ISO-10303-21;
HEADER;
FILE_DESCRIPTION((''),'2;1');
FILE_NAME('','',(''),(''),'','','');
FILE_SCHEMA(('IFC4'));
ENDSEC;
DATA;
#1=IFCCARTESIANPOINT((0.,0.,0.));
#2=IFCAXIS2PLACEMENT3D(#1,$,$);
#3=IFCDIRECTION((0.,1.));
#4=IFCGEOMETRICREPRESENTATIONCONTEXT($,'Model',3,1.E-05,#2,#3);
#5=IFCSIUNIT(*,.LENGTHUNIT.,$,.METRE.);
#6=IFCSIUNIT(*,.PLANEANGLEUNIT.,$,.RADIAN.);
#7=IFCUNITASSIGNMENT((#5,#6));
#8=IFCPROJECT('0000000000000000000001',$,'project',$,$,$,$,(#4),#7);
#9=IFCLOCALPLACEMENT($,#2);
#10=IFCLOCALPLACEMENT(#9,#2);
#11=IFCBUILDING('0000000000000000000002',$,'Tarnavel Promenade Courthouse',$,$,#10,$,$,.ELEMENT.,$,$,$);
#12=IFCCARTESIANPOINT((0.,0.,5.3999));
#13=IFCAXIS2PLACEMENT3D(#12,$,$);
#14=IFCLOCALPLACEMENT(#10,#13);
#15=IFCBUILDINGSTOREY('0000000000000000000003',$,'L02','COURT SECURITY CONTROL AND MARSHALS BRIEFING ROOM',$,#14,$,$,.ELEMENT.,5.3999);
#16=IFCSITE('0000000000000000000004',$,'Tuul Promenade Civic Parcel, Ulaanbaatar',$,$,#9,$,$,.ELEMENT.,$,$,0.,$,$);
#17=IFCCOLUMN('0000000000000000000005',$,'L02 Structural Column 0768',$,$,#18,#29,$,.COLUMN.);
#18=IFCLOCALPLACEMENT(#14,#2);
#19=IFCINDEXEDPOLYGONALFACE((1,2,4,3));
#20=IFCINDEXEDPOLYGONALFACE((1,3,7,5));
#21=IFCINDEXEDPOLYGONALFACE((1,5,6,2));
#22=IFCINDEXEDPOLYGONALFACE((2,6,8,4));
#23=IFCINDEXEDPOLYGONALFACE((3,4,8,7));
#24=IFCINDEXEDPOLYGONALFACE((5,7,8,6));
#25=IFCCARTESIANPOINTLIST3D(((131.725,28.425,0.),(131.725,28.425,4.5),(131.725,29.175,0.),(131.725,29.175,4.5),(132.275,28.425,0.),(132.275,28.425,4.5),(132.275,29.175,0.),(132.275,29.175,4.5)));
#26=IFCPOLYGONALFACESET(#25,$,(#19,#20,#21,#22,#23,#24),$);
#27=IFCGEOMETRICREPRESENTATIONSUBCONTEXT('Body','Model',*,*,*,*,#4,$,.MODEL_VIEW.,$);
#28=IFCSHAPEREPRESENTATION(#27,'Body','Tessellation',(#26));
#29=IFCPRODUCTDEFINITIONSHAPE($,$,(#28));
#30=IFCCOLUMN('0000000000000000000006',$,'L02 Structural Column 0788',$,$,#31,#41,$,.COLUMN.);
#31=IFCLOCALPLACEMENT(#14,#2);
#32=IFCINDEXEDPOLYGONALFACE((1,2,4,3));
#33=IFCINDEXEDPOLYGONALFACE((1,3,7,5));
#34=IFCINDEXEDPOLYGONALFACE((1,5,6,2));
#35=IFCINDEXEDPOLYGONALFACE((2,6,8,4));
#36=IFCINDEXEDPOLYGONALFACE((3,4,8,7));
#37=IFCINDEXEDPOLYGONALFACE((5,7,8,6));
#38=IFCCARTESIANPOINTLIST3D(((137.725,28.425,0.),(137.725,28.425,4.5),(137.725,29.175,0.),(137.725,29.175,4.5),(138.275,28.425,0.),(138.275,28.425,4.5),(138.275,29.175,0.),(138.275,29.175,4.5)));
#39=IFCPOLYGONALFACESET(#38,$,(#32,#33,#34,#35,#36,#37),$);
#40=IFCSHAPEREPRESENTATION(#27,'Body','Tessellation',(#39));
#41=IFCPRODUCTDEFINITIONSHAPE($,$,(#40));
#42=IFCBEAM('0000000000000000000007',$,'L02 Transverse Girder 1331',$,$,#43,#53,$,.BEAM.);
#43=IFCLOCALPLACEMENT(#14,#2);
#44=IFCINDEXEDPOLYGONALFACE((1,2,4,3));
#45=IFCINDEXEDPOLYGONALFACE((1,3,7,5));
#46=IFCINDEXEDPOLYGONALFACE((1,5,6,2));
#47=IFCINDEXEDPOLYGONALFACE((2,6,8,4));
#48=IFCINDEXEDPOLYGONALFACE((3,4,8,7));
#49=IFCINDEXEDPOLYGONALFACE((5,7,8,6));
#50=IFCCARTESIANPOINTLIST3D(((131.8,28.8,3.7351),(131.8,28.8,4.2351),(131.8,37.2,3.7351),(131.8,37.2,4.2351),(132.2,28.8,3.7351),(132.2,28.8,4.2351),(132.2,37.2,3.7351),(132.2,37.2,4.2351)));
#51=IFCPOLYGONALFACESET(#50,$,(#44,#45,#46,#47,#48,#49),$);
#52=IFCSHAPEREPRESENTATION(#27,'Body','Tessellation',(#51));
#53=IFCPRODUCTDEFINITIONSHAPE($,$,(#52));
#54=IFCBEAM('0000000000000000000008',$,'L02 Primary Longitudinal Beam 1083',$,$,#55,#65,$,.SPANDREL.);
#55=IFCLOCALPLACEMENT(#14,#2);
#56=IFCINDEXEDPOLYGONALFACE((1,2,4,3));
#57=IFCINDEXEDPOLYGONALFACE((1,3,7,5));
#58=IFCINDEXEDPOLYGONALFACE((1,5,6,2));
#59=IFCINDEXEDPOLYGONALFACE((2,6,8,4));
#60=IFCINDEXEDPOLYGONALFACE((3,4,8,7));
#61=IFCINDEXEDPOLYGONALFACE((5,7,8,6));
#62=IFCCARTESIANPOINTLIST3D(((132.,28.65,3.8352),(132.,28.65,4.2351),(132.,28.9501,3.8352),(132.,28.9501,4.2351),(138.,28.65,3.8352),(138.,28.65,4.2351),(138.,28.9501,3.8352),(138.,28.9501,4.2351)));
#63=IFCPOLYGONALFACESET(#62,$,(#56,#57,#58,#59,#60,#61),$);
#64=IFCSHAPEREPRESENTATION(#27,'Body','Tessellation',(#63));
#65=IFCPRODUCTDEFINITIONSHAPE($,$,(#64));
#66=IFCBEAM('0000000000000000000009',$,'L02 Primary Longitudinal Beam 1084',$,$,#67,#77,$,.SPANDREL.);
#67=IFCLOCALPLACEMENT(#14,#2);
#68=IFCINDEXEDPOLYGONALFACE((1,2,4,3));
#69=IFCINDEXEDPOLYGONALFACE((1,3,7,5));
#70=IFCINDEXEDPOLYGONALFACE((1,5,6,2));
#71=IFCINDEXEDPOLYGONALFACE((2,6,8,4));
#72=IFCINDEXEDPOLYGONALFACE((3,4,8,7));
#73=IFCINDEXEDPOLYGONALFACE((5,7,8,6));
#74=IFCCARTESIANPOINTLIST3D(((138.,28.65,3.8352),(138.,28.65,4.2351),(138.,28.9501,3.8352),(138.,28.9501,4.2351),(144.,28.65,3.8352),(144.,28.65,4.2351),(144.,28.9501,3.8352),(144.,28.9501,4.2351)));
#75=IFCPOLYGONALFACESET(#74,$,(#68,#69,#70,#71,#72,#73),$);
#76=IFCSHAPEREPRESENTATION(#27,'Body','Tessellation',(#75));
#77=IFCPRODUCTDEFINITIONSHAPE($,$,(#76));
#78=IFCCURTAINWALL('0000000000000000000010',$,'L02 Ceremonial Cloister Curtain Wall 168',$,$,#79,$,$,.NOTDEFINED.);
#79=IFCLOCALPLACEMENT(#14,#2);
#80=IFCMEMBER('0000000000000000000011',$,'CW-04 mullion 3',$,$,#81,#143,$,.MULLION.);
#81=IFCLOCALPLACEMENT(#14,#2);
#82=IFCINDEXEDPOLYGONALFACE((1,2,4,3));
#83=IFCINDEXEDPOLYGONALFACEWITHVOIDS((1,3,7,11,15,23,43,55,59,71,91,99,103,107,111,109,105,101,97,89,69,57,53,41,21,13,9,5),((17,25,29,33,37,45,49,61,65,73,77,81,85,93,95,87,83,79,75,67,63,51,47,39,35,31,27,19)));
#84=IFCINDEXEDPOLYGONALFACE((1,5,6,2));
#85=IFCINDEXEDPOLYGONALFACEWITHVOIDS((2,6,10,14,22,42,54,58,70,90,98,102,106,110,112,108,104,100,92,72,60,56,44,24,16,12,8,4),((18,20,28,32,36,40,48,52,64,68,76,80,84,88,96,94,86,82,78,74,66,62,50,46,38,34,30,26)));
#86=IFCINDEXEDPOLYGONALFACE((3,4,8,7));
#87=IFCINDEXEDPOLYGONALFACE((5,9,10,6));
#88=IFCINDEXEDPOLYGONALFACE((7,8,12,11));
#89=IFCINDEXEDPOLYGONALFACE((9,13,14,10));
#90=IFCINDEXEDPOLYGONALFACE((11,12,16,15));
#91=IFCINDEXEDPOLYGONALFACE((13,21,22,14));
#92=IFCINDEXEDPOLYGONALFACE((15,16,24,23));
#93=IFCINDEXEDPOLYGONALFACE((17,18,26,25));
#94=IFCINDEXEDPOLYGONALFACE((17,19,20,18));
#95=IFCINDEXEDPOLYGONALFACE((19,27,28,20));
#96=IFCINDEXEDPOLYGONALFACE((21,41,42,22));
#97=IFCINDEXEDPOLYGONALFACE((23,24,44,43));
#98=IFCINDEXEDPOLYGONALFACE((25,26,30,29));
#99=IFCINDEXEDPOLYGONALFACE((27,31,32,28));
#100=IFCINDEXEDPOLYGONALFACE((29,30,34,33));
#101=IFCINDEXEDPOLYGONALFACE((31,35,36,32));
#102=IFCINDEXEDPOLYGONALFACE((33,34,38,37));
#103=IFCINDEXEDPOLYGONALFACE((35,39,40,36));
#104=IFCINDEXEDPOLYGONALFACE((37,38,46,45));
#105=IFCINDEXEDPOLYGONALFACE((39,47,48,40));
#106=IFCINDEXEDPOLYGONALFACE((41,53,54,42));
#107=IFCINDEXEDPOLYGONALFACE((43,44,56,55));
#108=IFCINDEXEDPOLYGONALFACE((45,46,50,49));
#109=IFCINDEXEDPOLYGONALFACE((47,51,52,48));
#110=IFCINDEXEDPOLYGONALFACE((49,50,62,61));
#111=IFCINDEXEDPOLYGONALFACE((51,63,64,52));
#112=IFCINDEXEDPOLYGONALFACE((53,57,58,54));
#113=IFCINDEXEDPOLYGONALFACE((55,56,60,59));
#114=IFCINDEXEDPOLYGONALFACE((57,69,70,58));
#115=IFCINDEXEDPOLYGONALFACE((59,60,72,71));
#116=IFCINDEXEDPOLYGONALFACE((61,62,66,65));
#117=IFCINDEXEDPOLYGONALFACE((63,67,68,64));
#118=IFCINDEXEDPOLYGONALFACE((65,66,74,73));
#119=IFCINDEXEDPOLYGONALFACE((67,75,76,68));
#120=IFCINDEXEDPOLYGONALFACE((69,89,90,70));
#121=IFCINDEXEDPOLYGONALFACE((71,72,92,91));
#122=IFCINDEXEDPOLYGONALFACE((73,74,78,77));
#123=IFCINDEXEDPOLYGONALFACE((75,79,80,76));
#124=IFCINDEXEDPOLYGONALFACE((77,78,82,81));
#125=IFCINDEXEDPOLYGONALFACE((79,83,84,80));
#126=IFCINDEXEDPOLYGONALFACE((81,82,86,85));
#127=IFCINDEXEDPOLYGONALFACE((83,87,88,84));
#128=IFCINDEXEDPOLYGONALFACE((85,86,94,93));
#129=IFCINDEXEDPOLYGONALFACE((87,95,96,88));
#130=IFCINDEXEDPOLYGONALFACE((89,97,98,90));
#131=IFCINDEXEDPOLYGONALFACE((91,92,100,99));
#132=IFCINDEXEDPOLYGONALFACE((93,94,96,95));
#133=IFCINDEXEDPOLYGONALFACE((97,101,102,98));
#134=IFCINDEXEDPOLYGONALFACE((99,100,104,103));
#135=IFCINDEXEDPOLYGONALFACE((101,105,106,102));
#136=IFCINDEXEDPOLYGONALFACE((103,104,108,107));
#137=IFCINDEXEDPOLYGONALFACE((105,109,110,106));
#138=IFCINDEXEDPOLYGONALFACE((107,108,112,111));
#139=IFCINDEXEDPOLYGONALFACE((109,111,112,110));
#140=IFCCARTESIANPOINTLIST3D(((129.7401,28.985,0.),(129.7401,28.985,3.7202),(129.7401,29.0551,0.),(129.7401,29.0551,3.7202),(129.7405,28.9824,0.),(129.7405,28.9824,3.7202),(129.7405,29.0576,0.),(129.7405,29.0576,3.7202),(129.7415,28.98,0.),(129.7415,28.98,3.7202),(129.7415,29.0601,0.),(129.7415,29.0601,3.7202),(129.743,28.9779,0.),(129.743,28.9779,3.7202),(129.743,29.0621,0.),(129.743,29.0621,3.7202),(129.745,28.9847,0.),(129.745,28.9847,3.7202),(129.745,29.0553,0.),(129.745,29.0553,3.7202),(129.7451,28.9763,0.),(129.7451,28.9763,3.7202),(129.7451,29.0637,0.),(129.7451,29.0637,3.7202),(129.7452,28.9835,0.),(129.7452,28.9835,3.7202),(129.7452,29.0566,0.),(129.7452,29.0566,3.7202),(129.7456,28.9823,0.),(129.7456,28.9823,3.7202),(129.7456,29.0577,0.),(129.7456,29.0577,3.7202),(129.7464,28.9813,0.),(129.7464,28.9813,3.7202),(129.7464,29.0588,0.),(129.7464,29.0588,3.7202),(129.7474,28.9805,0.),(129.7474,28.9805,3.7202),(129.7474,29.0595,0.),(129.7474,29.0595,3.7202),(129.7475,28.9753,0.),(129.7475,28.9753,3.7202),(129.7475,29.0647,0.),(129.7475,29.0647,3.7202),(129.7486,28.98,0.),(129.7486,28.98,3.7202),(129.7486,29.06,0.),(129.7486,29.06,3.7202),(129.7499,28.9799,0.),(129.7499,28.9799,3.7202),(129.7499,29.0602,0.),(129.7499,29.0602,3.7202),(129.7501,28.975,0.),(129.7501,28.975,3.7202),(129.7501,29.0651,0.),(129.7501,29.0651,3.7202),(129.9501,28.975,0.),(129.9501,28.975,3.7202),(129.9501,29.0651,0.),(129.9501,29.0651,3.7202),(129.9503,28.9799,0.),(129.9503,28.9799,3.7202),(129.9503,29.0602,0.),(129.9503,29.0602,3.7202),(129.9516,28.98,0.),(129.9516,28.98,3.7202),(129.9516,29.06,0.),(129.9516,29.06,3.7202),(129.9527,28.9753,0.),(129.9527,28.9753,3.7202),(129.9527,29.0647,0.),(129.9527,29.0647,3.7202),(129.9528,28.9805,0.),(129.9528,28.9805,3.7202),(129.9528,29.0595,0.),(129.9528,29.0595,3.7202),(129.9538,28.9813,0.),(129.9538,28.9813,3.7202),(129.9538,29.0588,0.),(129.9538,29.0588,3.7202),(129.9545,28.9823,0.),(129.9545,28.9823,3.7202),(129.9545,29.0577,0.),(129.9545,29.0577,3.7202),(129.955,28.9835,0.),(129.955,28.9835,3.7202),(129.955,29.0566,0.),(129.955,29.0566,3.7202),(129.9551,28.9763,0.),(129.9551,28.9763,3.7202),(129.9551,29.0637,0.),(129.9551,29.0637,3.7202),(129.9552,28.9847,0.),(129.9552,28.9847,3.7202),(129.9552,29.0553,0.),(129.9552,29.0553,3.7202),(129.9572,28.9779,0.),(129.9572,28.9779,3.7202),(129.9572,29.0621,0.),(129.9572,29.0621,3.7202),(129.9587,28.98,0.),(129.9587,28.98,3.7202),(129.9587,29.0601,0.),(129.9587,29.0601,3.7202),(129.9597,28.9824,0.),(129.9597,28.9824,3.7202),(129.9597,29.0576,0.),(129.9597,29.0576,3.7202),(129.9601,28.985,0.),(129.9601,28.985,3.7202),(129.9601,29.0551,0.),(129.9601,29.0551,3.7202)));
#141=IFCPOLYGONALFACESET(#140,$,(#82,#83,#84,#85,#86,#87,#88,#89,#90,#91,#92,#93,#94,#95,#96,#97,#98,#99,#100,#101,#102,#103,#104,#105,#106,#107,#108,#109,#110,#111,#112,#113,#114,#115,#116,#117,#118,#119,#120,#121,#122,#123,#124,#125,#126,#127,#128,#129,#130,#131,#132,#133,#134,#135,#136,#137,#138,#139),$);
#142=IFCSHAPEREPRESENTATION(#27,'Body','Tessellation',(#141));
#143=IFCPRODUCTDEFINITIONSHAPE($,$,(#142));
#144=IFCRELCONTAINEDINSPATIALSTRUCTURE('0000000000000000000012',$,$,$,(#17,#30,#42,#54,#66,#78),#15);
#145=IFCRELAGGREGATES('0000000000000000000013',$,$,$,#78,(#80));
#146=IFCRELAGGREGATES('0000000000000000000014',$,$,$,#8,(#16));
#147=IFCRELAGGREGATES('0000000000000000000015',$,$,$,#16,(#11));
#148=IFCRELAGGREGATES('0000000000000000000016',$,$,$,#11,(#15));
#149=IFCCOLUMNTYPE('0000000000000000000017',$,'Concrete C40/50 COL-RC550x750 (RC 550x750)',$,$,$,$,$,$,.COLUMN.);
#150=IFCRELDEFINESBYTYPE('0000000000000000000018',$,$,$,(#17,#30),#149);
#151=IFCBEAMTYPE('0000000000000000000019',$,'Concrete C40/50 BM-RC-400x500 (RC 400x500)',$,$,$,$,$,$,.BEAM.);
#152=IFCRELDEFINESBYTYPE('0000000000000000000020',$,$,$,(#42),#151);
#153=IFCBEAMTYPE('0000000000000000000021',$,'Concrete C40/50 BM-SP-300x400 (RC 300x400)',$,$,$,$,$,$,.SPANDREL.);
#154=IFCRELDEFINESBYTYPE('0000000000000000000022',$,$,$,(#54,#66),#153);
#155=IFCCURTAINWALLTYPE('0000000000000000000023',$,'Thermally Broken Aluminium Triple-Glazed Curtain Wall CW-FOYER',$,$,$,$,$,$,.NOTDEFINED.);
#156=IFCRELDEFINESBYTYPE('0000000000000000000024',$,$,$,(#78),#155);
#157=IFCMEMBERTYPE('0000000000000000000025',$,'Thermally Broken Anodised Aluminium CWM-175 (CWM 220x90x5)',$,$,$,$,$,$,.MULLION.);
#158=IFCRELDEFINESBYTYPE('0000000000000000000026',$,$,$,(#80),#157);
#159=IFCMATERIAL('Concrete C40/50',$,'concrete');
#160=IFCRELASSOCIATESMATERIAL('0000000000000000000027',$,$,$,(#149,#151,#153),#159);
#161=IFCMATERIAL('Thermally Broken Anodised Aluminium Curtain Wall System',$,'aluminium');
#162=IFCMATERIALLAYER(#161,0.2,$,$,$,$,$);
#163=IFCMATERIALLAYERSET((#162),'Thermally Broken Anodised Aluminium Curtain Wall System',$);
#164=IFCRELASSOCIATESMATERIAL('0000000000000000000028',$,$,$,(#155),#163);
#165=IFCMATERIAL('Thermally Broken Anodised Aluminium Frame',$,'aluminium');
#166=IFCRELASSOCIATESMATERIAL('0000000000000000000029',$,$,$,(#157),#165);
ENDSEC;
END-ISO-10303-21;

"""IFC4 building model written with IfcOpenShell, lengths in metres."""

from ifc_helpers import new_model, si_unit, direction, frame, origin, origin_2d, place, context, subcontext, project, spatial, rectangle, hollow_rectangle, extrude, material, layer, layer_set, material_profile, profile_set, type_object, element, aggregate, save


model = new_model("IFC4")

# Units and contexts
model_context = context("Model", 3, precision=1e-05, world=origin(), true_north=direction((0.0, 1.0)))
body_context = subcontext(model_context, "Body", "Model", "MODEL_VIEW")
ifc_project = project(units=[si_unit("LENGTHUNIT", "METRE"), si_unit("PLANEANGLEUNIT", "RADIAN")], contexts=[model_context])

# Site, building, storey
site_placement = place(None, origin())
site = spatial("IfcSite", under=ifc_project, at=site_placement, Name="Tuul Promenade Civic Parcel, Ulaanbaatar", CompositionType="ELEMENT", RefElevation=0.0)
building_placement = place(site_placement, origin())
building = spatial("IfcBuilding", under=site, at=building_placement, Name="Tarnavel Promenade Courthouse", CompositionType="ELEMENT")
storey_placement = place(building_placement, frame((0.0, 0.0, 5.3999)))
storey = spatial("IfcBuildingStorey", under=building, at=storey_placement, Name="L02", Description="COURT SECURITY CONTROL AND MARSHALS BRIEFING ROOM", CompositionType="ELEMENT", Elevation=5.3999)

# Columns
ifc_material_1 = material(Name="Concrete C40/50", Category="concrete")
ifc_material_profile_1 = material_profile(ifc_material_1, rectangle(XDim=0.55, YDim=0.75, at=origin_2d()), Name="RC 550x750")
ifc_profile_set_1 = profile_set([ifc_material_profile_1], Name="Concrete C40/50")
column_type = type_object("IfcColumnType", Name="Concrete C40/50 COL-RC550x750 (RC 550x750)", PredefinedType="COLUMN", material=ifc_profile_set_1)
for number, where, z_axis, x_axis, name in (
    (1, (132.0, 28.8, 0.0), (0.0, 0.0, 1.0), (1.0, 0.0, 0.0), "L02 Structural Column 0768"),
    (2, (138.0, 28.8, 0.0), (0.0, 0.0, 1.0), (1.0, 0.0, 0.0), "L02 Structural Column 0788"),
):
    element("IfcColumn", number, at=place(storey_placement, frame(where, z_axis=z_axis, x_axis=x_axis)), inside=storey, type_object=column_type, Name=name, PredefinedType="COLUMN", context=body_context, shape_type="SweptSolid", body=[
        extrude(rectangle(XDim=0.55, YDim=0.75, at=origin_2d()), origin(), (0.0, 0.0, 1.0), 4.5),
    ])

# Beams
ifc_material_profile_2 = material_profile(ifc_material_1, rectangle(XDim=0.3999, YDim=0.5, at=origin_2d()), Name="RC 400x500")
ifc_profile_set_2 = profile_set([ifc_material_profile_2], Name="Concrete C40/50")
beam_type_1 = type_object("IfcBeamType", Name="Concrete C40/50 BM-RC-400x500 (RC 400x500)", PredefinedType="BEAM", material=ifc_profile_set_2)
beam_placement = place(storey_placement, frame((132.0, 28.8, 3.9851), z_axis=(0.0, 1.0, 0.0), x_axis=(-1.0, 0.0, 0.0)))
element("IfcBeam", 3, at=beam_placement, inside=storey, type_object=beam_type_1, Name="L02 Transverse Girder 1331", PredefinedType="BEAM", context=body_context, shape_type="SweptSolid", body=[
    extrude(rectangle(XDim=0.3999, YDim=0.5, at=origin_2d()), origin(), (0.0, 0.0, 1.0), 8.3999),
])
ifc_material_profile_3 = material_profile(ifc_material_1, rectangle(XDim=0.3, YDim=0.3999, at=origin_2d()), Name="RC 300x400")
ifc_profile_set_3 = profile_set([ifc_material_profile_3], Name="Concrete C40/50")
beam_type_2 = type_object("IfcBeamType", Name="Concrete C40/50 BM-SP-300x400 (RC 300x400)", PredefinedType="SPANDREL", material=ifc_profile_set_3)
for number, where, z_axis, x_axis, name in (
    (4, (132.0, 28.8, 4.0352), (1.0, 0.0, 0.0), (0.0, 1.0, 0.0), "L02 Primary Longitudinal Beam 1083"),
    (5, (138.0, 28.8, 4.0352), (1.0, 0.0, 0.0), (0.0, 1.0, 0.0), "L02 Primary Longitudinal Beam 1084"),
):
    element("IfcBeam", number, at=place(storey_placement, frame(where, z_axis=z_axis, x_axis=x_axis)), inside=storey, type_object=beam_type_2, Name=name, PredefinedType="SPANDREL", context=body_context, shape_type="SweptSolid", body=[
        extrude(rectangle(XDim=0.3, YDim=0.3999, at=origin_2d()), origin(), (0.0, 0.0, 1.0), 6.0),
    ])

# Curtain wall, member
ifc_material_2 = material(Name="Thermally Broken Anodised Aluminium Curtain Wall System", Category="aluminium")
ifc_layer_1 = layer(ifc_material_2, 0.2)
ifc_layer_set_1 = layer_set([ifc_layer_1], Name="Thermally Broken Anodised Aluminium Curtain Wall System")
curtain_wall_type = type_object("IfcCurtainWallType", Name="Thermally Broken Aluminium Triple-Glazed Curtain Wall CW-FOYER", PredefinedType="NOTDEFINED", material=ifc_layer_set_1)
curtain_wall_1_placement = place(storey_placement, origin())
curtain_wall_1 = element("IfcCurtainWall", 6, at=curtain_wall_1_placement, inside=storey, type_object=curtain_wall_type, Name="L02 Ceremonial Cloister Curtain Wall 168", PredefinedType="NOTDEFINED")
ifc_material_3 = material(Name="Thermally Broken Anodised Aluminium Frame", Category="aluminium")
ifc_material_profile_4 = material_profile(ifc_material_3, hollow_rectangle(XDim=0.0901, YDim=0.22, WallThickness=0.0049, InnerFilletRadius=0.0049, OuterFilletRadius=0.01, at=origin_2d()), Name="CWM 220x90x5")
ifc_profile_set_4 = profile_set([ifc_material_profile_4], Name="Thermally Broken Anodised Aluminium Frame")
member_type_1 = type_object("IfcMemberType", Name="Thermally Broken Anodised Aluminium CWM-175 (CWM 220x90x5)", PredefinedType="MULLION", material=ifc_profile_set_4)
member_1_placement = place(storey_placement, frame((129.8501, 29.02, 0.0), z_axis=(0.0, 0.0, 1.0), x_axis=(0.0, 1.0, 0.0)))
member_1 = element("IfcMember", 7, at=member_1_placement, type_object=member_type_1, Name="CW-04 mullion 3", PredefinedType="MULLION", context=body_context, shape_type="SweptSolid", body=[
    extrude(hollow_rectangle(XDim=0.0901, YDim=0.22, WallThickness=0.0049, InnerFilletRadius=0.0049, OuterFilletRadius=0.01, at=origin_2d()), origin(), (0.0, 0.0, 1.0), 3.7202),
])

aggregate(curtain_wall_1, [member_1])

save(model, "model.ifc")
